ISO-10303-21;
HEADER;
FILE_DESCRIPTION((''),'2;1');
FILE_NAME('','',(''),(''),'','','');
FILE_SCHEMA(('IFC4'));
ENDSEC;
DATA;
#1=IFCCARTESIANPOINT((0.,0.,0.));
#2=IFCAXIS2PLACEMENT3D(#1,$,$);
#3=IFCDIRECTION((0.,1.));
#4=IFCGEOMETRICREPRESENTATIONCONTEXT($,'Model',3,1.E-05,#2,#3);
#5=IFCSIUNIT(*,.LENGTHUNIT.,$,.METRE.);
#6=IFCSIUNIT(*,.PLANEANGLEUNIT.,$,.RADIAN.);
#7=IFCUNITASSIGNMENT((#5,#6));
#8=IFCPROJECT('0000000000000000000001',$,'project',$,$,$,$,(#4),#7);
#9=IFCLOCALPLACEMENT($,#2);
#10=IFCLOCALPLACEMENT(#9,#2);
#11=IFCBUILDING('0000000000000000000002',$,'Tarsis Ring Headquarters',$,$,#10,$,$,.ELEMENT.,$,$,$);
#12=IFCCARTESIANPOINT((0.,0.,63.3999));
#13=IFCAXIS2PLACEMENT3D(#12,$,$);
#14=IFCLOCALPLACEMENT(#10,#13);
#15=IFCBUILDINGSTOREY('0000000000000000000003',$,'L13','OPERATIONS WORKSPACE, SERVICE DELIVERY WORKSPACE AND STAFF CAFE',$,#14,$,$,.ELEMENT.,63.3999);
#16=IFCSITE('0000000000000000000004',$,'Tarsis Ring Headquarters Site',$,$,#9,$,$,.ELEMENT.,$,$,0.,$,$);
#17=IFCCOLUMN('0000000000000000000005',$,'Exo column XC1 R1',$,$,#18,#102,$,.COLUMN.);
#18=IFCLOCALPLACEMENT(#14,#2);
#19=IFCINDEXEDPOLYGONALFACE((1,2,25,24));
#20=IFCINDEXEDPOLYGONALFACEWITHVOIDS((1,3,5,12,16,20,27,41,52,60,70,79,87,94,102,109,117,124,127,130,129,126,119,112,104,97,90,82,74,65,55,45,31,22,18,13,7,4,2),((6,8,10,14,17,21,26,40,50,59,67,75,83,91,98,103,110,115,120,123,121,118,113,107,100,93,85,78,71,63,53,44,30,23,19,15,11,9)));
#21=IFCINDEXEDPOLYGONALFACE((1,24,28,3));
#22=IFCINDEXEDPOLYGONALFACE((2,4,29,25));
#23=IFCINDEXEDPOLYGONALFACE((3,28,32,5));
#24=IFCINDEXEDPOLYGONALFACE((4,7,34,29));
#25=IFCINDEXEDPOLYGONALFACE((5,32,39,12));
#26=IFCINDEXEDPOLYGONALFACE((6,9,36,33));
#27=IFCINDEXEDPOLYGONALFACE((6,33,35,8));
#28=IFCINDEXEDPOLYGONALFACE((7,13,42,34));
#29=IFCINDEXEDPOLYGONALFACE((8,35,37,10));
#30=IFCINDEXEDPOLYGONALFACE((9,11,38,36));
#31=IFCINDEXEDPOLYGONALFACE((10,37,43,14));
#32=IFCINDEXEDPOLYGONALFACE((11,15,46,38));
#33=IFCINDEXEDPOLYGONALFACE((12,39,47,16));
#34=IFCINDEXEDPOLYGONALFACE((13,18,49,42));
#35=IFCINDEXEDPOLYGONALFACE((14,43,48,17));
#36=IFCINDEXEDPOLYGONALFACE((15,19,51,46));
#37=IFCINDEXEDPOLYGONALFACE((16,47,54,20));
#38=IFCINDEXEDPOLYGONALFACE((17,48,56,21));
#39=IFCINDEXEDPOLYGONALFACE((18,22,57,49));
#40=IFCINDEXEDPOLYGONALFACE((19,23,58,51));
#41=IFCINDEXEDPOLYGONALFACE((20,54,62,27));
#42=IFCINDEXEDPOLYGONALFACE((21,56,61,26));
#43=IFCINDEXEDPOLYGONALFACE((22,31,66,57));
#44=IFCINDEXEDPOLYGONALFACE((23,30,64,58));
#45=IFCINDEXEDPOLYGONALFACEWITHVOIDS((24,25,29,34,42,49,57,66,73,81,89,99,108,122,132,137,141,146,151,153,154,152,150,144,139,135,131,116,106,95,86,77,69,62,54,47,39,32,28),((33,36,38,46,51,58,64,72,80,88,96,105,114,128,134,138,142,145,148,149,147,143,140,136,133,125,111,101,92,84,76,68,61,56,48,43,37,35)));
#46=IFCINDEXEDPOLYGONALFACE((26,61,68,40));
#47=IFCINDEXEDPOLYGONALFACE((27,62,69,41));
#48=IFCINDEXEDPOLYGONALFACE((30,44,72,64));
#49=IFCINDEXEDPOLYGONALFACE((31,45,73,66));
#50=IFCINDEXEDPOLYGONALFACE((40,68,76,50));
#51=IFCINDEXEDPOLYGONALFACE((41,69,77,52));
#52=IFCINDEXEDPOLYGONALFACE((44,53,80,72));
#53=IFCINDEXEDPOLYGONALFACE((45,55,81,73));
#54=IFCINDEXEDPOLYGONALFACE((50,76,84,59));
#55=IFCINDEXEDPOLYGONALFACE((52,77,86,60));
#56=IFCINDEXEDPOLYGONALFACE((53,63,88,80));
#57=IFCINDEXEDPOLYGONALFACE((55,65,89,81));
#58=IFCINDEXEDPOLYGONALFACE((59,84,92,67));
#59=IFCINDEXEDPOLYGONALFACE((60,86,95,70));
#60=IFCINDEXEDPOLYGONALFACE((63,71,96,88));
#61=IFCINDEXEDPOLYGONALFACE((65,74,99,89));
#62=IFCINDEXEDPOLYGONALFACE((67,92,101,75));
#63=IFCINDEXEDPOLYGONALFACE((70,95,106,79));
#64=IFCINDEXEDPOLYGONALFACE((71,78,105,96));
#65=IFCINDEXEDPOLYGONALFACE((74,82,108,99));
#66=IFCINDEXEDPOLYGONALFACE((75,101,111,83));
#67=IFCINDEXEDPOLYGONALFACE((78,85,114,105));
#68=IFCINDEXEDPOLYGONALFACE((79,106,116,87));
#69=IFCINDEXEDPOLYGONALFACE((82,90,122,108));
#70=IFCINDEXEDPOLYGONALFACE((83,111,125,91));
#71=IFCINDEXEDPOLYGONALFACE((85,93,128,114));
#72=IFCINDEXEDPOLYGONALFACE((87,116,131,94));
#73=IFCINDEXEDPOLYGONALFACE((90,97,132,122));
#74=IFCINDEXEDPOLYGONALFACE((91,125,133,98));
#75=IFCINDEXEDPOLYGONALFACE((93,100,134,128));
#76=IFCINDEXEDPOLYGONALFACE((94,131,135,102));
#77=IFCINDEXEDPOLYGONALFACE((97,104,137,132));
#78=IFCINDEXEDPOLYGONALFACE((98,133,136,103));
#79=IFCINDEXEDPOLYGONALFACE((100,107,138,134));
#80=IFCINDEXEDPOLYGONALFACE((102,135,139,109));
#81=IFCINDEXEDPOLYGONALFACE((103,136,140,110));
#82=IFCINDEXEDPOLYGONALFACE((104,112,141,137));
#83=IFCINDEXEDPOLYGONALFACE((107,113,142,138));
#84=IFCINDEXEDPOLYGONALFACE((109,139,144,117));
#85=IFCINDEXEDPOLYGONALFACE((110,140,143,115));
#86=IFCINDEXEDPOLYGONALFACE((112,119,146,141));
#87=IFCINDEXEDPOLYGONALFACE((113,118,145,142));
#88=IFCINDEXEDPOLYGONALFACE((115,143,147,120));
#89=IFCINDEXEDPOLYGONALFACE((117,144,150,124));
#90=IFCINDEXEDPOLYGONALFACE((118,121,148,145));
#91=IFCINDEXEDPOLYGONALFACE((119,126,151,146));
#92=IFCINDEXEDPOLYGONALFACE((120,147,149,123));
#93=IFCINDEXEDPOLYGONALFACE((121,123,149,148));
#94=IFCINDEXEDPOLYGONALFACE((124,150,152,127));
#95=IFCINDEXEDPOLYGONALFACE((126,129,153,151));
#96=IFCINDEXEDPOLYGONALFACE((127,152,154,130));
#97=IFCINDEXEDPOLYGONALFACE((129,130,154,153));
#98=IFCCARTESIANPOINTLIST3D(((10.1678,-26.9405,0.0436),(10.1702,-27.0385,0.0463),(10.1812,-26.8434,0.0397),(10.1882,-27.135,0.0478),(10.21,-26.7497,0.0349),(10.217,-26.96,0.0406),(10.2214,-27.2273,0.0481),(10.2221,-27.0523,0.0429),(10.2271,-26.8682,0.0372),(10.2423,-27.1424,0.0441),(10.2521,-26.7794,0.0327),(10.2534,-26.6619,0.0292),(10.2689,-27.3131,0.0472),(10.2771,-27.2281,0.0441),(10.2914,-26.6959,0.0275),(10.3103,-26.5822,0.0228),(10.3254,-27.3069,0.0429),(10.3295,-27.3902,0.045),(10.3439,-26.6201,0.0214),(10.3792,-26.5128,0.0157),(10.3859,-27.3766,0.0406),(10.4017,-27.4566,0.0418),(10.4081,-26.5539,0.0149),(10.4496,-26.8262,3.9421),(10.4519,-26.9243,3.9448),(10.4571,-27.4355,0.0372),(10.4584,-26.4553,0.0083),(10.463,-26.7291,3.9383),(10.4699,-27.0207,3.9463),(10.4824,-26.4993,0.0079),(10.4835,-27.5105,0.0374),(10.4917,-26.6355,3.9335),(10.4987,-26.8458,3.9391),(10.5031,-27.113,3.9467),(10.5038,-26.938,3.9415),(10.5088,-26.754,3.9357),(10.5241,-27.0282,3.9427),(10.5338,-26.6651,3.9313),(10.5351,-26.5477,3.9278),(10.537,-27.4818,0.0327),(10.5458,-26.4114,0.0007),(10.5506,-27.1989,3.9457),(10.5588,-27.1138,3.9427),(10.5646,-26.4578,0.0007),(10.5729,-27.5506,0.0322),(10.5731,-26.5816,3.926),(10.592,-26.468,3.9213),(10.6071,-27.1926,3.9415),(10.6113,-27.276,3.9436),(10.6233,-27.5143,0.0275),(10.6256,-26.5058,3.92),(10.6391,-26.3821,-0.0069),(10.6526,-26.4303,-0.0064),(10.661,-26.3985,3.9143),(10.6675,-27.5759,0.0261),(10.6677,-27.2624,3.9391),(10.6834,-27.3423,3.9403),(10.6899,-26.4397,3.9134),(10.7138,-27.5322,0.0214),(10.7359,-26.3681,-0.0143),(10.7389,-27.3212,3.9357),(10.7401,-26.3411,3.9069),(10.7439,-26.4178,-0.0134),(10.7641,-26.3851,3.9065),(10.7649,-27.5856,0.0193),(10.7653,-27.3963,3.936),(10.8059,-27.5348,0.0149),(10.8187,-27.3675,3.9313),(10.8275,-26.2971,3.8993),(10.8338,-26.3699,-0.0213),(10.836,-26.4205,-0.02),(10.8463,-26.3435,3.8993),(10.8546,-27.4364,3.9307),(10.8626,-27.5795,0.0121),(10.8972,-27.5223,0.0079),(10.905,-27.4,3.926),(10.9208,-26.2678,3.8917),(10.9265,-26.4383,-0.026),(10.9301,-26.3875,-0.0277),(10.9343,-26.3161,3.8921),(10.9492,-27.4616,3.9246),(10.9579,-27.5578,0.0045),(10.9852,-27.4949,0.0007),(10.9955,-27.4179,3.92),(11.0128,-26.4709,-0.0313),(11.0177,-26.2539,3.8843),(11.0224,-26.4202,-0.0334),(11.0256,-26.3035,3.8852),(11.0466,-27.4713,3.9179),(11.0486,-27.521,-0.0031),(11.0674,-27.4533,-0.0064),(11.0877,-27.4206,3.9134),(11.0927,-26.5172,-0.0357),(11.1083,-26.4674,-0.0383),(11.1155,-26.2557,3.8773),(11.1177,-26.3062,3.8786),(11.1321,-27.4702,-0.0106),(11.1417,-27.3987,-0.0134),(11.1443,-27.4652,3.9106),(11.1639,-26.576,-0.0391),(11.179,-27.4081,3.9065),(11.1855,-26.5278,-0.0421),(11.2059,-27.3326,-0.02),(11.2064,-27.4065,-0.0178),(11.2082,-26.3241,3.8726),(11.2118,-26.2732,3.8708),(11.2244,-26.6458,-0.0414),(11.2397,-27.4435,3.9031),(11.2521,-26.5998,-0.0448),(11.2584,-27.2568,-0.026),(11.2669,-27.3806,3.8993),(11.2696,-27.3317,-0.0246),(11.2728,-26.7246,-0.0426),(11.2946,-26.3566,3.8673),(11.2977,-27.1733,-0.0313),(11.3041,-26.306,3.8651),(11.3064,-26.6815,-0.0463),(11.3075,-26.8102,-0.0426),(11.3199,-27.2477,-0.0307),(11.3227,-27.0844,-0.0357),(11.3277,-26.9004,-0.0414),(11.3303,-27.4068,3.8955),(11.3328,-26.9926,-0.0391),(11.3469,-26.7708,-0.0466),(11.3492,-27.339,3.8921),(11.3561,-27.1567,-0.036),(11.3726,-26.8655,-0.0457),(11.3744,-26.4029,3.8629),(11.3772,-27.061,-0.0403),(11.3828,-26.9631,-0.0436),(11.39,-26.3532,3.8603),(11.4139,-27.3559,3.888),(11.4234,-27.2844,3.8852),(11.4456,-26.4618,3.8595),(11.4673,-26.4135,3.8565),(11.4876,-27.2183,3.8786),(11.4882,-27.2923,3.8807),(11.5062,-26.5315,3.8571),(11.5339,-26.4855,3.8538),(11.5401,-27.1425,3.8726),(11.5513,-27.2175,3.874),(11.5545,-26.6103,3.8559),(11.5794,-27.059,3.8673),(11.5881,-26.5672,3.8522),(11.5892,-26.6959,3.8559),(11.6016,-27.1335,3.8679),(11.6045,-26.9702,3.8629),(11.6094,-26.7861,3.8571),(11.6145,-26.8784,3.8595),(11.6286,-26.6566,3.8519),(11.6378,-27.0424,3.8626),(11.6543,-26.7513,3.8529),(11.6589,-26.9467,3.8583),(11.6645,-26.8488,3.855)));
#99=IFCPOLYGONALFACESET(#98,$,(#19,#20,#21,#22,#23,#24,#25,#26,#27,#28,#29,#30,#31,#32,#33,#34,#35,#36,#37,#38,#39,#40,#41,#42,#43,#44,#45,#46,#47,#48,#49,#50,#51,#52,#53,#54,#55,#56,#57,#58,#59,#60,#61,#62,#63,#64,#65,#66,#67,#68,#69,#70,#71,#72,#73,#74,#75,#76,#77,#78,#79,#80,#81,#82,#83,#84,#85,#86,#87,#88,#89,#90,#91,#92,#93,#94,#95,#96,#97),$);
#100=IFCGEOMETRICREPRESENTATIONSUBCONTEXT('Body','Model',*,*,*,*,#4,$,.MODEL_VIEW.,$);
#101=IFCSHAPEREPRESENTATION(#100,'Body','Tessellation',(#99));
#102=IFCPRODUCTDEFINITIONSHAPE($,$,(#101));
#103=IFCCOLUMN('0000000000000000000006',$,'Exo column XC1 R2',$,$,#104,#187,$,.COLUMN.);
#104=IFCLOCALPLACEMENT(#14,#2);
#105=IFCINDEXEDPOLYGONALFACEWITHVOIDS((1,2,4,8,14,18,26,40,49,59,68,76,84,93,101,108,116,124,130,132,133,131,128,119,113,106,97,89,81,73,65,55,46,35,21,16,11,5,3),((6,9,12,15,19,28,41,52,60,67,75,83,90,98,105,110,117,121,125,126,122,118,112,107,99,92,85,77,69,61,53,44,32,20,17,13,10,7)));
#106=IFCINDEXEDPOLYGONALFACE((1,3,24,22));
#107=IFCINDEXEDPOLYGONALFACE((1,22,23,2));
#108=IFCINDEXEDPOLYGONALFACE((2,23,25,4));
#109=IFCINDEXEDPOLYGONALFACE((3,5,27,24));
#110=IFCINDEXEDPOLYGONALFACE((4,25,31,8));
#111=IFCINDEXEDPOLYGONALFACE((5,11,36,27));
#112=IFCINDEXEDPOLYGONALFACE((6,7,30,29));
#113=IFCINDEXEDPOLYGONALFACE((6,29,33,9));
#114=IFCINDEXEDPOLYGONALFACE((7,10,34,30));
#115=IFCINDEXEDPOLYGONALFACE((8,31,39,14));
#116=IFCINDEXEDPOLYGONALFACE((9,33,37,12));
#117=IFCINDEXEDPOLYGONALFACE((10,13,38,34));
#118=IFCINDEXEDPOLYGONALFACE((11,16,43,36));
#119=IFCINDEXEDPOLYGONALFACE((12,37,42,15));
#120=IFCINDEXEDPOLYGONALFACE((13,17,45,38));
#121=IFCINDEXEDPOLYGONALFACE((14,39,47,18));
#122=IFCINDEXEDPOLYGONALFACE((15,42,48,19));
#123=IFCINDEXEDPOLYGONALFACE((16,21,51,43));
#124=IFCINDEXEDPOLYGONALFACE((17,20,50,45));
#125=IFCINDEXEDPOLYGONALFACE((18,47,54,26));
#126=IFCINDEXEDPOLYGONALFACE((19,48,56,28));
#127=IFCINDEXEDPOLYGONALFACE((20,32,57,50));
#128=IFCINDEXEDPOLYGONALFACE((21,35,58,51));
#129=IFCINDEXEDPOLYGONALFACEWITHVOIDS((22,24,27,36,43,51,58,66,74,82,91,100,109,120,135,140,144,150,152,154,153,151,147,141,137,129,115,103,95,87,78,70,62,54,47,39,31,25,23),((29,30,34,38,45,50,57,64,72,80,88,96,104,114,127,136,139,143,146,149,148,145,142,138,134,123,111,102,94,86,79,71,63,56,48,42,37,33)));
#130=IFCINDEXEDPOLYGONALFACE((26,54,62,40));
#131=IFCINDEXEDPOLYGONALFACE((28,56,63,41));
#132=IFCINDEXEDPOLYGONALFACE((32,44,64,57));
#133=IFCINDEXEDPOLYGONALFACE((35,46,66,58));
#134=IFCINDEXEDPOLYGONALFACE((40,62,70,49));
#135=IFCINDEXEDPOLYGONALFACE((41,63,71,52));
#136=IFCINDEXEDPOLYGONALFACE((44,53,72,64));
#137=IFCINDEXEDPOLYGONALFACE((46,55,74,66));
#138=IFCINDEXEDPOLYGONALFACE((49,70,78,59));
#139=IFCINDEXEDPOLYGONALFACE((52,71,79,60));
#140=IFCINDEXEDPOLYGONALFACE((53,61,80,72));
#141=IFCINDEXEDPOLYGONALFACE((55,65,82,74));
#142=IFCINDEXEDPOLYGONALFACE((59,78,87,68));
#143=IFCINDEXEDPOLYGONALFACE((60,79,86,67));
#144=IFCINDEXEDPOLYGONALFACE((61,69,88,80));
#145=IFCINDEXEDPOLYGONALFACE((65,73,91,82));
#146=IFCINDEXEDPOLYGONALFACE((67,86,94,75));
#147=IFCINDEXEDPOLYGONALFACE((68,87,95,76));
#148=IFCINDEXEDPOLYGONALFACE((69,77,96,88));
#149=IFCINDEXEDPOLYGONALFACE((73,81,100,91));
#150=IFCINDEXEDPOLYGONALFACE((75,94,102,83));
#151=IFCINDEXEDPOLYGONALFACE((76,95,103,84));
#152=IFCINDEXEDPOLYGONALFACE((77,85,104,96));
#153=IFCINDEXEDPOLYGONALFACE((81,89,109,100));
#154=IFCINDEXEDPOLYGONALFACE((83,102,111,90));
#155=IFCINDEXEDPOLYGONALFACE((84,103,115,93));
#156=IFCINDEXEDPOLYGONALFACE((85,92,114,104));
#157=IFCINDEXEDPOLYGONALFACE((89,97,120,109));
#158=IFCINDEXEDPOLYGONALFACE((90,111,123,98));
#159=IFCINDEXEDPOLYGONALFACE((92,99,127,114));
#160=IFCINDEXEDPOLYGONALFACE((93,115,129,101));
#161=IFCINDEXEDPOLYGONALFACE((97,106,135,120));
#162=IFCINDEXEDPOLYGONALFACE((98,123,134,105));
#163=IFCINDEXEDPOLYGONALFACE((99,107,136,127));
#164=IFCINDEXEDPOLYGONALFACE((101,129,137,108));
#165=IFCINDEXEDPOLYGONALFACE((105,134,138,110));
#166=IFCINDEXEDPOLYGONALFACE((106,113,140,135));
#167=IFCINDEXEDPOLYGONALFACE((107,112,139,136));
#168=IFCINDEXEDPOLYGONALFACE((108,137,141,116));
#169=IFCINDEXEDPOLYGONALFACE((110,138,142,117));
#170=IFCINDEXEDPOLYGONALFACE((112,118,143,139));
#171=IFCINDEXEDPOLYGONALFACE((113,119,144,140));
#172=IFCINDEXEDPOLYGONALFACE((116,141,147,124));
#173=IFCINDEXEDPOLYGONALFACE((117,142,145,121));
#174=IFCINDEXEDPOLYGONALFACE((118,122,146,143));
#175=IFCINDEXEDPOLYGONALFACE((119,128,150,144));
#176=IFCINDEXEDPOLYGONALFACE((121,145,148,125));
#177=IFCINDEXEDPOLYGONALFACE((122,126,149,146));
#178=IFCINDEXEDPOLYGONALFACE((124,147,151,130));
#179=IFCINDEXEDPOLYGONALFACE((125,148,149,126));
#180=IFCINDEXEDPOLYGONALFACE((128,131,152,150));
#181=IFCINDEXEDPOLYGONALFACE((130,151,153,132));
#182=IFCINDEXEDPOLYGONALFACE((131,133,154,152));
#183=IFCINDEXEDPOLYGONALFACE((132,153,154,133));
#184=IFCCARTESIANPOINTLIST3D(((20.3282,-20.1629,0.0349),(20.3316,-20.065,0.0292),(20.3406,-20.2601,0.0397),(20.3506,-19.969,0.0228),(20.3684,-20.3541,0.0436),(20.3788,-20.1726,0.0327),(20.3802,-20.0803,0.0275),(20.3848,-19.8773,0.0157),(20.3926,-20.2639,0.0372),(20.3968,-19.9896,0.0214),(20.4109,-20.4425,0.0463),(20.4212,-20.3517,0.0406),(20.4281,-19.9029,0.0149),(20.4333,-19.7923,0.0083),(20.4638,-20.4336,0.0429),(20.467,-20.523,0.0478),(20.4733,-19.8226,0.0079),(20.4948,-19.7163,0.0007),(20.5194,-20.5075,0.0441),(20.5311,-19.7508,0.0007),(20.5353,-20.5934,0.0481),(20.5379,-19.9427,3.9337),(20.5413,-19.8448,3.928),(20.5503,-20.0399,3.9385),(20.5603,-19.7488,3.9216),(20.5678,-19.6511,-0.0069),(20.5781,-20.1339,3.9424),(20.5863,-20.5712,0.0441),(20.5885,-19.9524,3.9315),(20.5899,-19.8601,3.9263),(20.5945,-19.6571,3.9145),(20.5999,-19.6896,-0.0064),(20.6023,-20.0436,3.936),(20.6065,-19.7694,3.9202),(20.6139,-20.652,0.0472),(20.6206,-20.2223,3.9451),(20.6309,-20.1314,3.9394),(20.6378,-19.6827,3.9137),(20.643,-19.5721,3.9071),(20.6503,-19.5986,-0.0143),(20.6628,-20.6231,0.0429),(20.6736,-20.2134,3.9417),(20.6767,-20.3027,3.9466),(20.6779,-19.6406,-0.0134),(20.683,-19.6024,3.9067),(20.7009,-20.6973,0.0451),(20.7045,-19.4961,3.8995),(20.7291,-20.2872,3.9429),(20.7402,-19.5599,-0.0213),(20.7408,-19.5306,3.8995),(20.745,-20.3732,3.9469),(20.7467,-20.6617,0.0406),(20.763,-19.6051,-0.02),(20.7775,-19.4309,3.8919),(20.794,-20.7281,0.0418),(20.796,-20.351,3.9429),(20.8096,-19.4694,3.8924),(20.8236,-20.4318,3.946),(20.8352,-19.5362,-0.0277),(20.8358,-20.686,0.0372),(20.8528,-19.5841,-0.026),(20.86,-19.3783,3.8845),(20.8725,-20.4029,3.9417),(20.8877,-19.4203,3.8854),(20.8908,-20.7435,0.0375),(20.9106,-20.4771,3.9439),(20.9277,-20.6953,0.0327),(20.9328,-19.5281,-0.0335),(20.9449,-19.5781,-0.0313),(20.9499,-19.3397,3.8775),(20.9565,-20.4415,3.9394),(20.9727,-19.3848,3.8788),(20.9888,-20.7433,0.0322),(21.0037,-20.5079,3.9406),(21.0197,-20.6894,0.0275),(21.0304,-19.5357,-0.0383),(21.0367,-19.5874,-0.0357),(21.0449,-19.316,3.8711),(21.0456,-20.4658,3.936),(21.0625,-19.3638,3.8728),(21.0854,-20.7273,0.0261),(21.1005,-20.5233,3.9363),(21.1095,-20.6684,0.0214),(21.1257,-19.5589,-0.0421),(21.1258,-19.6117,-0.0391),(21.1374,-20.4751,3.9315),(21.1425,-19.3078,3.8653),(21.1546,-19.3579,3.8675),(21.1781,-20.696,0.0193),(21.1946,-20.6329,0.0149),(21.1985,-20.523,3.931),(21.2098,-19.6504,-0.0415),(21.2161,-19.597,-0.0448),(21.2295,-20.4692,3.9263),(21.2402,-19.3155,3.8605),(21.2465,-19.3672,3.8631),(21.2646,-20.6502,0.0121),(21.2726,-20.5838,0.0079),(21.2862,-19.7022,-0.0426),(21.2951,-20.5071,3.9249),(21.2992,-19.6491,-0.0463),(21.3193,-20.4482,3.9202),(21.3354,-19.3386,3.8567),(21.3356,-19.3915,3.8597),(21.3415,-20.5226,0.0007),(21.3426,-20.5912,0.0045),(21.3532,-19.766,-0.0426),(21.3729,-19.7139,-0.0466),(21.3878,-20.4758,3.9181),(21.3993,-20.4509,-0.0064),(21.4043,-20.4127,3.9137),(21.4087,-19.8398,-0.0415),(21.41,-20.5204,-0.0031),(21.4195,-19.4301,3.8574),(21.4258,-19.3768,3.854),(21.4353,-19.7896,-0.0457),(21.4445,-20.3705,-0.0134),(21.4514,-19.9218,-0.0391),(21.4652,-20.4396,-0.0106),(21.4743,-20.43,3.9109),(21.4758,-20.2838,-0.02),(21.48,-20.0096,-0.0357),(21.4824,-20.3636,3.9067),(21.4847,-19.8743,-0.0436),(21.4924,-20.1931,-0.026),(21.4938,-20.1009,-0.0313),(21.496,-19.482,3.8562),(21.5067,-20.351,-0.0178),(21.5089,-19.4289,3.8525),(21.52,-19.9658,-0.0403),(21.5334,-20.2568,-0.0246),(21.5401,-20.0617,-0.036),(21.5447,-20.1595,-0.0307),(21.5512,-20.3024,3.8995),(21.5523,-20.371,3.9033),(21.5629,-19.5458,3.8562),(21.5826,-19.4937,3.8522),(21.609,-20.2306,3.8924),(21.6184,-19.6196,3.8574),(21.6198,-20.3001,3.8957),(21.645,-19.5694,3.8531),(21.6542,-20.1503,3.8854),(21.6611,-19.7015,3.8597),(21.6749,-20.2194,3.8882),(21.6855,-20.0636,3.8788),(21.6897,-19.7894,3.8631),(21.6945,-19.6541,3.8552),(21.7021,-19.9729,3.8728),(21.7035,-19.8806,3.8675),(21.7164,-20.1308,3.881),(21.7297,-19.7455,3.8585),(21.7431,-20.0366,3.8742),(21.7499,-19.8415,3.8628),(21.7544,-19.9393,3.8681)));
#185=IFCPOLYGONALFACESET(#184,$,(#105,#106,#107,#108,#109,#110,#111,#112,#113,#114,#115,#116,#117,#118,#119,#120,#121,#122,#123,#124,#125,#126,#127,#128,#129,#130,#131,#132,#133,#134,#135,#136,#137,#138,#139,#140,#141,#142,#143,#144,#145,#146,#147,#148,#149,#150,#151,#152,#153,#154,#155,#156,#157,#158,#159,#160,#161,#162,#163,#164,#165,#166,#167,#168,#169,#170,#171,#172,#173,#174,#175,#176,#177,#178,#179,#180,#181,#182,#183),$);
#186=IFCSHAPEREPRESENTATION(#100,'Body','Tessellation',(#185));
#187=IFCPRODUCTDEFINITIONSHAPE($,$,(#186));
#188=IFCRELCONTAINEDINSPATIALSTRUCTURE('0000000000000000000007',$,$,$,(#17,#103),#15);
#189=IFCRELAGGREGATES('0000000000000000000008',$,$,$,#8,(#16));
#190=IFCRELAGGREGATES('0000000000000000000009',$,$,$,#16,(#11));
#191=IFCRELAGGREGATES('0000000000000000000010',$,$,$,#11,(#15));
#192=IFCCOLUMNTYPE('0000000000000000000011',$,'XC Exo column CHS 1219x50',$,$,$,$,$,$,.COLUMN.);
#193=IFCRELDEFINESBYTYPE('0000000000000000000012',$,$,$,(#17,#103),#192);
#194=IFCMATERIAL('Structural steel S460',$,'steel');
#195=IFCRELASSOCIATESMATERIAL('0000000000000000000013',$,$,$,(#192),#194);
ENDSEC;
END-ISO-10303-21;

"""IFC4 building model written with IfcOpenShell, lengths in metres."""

from ifc_helpers import new_model, si_unit, direction, frame, origin, origin_2d, place, context, subcontext, project, spatial, hollow_circle, extrude, material, material_profile, profile_set, type_object, element, save


model = new_model("IFC4")

# Units and contexts
model_context = context("Model", 3, precision=1e-05, world=origin(), true_north=direction((0.0, 1.0)))
body_context = subcontext(model_context, "Body", "Model", "MODEL_VIEW")
ifc_project = project(units=[si_unit("LENGTHUNIT", "METRE"), si_unit("PLANEANGLEUNIT", "RADIAN")], contexts=[model_context])

# Site, building, storey
site_placement = place(None, origin())
site = spatial("IfcSite", under=ifc_project, at=site_placement, Name="Tarsis Ring Headquarters Site", CompositionType="ELEMENT", RefElevation=0.0)
building_placement = place(site_placement, origin())
building = spatial("IfcBuilding", under=site, at=building_placement, Name="Tarsis Ring Headquarters", CompositionType="ELEMENT")
storey_placement = place(building_placement, frame((0.0, 0.0, 63.3999)))
storey = spatial("IfcBuildingStorey", under=building, at=storey_placement, Name="L13", Description="OPERATIONS WORKSPACE, SERVICE DELIVERY WORKSPACE AND STAFF CAFE", CompositionType="ELEMENT", Elevation=63.3999)

# Columns
ifc_material_1 = material(Name="Structural steel S460", Category="steel")
ifc_material_profile_1 = material_profile(ifc_material_1, hollow_circle(Radius=0.6096, WallThickness=0.05, at=origin_2d()), Name="CHS 1219x50")
ifc_profile_set_1 = profile_set([ifc_material_profile_1], Name="Structural steel S460")
column_type = type_object("IfcColumnType", Name="XC Exo column CHS 1219x50", PredefinedType="COLUMN", material=ifc_profile_set_1)
column_1_placement = place(storey_placement, frame((10.7749, -26.9763, 0.0007), z_axis=(0.072046, 0.029218, 0.996973), x_axis=(-0.375817, 0.926694, 0.0)))
element("IfcColumn", 1, at=column_1_placement, inside=storey, type_object=column_type, Name="Exo column XC1 R1", PredefinedType="COLUMN", context=body_context, shape_type="SweptSolid", body=[
    extrude(hollow_circle(Radius=0.6096, WallThickness=0.05, at=origin_2d()), origin(), (0.0, 0.0, 1.0), 3.9104),
])
column_2_placement = place(storey_placement, frame((20.9363, -20.1367, 0.0007), z_axis=(0.053629, 0.056313, 0.996972), x_axis=(-0.724157, 0.689635, 0.0)))
element("IfcColumn", 2, at=column_2_placement, inside=storey, type_object=column_type, Name="Exo column XC1 R2", PredefinedType="COLUMN", context=body_context, shape_type="SweptSolid", body=[
    extrude(hollow_circle(Radius=0.6096, WallThickness=0.05, at=origin_2d()), origin(), (0.0, 0.0, 1.0), 3.9106),
])

save(model, "model.ifc")
